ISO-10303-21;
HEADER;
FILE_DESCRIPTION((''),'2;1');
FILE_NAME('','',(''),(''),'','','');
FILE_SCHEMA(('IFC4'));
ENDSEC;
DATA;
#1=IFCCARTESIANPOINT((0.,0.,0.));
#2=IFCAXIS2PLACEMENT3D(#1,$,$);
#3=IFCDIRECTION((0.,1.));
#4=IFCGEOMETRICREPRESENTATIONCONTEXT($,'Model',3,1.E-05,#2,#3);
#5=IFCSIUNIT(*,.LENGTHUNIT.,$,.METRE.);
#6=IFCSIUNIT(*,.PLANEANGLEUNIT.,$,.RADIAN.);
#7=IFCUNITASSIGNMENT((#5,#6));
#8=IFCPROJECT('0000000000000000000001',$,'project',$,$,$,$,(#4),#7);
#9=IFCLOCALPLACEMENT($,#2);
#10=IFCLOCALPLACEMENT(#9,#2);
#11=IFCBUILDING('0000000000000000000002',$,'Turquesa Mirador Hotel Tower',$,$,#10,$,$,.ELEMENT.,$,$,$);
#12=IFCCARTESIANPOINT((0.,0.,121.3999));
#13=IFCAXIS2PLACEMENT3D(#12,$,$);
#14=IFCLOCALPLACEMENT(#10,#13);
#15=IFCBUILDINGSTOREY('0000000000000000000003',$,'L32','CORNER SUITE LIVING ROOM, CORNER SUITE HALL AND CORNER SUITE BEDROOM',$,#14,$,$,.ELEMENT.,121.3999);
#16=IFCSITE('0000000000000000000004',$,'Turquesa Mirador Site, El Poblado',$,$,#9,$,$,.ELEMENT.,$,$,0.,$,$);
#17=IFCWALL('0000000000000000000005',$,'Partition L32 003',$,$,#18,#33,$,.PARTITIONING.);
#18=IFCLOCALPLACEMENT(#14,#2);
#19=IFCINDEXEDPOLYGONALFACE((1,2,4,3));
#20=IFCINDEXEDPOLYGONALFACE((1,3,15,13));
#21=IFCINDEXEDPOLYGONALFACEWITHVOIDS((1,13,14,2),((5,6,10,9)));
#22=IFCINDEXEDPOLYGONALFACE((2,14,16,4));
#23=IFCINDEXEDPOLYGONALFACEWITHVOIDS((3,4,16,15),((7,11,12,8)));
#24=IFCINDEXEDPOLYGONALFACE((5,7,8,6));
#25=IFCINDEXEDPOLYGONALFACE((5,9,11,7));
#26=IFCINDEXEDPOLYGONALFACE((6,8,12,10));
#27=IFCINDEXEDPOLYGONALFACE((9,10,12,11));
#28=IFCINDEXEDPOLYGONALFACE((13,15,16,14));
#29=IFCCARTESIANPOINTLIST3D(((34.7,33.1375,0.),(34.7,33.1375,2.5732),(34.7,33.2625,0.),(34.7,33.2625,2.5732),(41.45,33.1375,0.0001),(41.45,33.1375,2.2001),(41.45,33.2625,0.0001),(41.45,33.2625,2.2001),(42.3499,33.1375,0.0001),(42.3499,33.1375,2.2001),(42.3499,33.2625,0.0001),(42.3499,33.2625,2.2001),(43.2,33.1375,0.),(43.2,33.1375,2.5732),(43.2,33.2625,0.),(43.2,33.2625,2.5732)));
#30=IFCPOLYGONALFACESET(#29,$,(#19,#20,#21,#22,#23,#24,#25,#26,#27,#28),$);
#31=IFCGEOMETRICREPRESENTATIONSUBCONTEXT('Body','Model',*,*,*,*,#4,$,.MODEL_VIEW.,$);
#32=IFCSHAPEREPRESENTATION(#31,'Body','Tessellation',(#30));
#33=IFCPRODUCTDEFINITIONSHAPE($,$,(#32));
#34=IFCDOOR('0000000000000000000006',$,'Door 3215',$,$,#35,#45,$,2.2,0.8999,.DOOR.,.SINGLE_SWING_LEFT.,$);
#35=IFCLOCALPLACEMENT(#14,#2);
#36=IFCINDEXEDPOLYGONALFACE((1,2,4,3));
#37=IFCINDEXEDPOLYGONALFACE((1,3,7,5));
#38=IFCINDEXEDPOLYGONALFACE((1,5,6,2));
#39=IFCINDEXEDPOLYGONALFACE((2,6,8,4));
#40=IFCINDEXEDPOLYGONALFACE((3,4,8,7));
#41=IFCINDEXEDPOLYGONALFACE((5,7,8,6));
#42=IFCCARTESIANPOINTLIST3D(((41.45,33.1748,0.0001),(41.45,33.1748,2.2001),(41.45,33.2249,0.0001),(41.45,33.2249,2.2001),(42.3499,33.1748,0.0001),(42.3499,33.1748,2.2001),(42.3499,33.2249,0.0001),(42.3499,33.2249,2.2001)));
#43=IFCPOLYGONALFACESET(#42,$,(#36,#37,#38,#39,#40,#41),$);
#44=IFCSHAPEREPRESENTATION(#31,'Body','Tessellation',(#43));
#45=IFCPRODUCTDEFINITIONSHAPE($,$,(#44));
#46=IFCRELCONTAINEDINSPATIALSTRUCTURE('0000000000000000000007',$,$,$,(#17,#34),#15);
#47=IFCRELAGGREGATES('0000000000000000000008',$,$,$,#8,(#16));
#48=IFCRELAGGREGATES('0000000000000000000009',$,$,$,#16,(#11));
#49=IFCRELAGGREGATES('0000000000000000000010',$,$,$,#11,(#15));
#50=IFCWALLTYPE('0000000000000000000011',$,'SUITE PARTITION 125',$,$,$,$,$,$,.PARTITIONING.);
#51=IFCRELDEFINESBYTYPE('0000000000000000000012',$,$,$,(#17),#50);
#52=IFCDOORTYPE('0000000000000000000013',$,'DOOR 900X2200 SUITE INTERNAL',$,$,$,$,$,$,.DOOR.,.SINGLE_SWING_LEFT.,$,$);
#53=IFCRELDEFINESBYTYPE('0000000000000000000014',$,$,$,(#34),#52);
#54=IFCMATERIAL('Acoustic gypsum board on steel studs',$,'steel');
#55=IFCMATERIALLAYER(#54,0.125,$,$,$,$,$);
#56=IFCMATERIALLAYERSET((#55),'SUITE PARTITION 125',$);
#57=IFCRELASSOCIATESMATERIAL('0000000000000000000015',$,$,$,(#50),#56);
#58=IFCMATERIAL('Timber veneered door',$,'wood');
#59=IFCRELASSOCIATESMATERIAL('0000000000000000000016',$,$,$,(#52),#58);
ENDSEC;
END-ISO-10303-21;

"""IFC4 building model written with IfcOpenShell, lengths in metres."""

from ifc_helpers import new_model, si_unit, direction, frame, frame_2d, origin, place, context, subcontext, project, spatial, rectangle, extrude, material, layer, layer_set, type_object, element, fill, save


model = new_model("IFC4")

# Units and contexts
model_context = context("Model", 3, precision=1e-05, world=origin(), true_north=direction((0.0, 1.0)))
body_context = subcontext(model_context, "Body", "Model", "MODEL_VIEW")
ifc_project = project(units=[si_unit("LENGTHUNIT", "METRE"), si_unit("PLANEANGLEUNIT", "RADIAN")], contexts=[model_context])

# Site, building, storey
site_placement = place(None, origin())
site = spatial("IfcSite", under=ifc_project, at=site_placement, Name="Turquesa Mirador Site, El Poblado", CompositionType="ELEMENT", RefElevation=0.0)
building_placement = place(site_placement, origin())
building = spatial("IfcBuilding", under=site, at=building_placement, Name="Turquesa Mirador Hotel Tower", CompositionType="ELEMENT")
storey_placement = place(building_placement, frame((0.0, 0.0, 121.3999)))
storey = spatial("IfcBuildingStorey", under=building, at=storey_placement, Name="L32", Description="CORNER SUITE LIVING ROOM, CORNER SUITE HALL AND CORNER SUITE BEDROOM", CompositionType="ELEMENT", Elevation=121.3999)

# Wall, opening, door
ifc_material_1 = material(Name="Acoustic gypsum board on steel studs", Category="steel")
ifc_layer_1 = layer(ifc_material_1, 0.125)
ifc_layer_set_1 = layer_set([ifc_layer_1], Name="SUITE PARTITION 125")
wall_type_1 = type_object("IfcWallType", Name="SUITE PARTITION 125", PredefinedType="PARTITIONING", material=ifc_layer_set_1)
wall_1_placement = place(storey_placement, frame((34.7, 33.2, 0.0), z_axis=(0.0, 0.0, 1.0), x_axis=(1.0, 0.0, 0.0)))
wall_1 = element("IfcWall", 1, at=wall_1_placement, inside=storey, type_object=wall_type_1, Name="Partition L32 003", PredefinedType="PARTITIONING", context=body_context, shape_type="SweptSolid", body=[
    extrude(rectangle(XDim=8.5, YDim=0.125, at=frame_2d((4.25, 0.0))), origin(), (0.0, 0.0, 1.0), 2.5732),
])
opening_1_placement = place(wall_1_placement, frame((6.75, 0.0, 0.0)))
opening_1 = element("IfcOpeningElement", 2, at=opening_1_placement, cuts=wall_1, PredefinedType="OPENING", context=body_context, shape_type="SweptSolid", body=[
    extrude(rectangle(XDim=0.8999, YDim=2.2, at=frame_2d((0.45, 1.1001))), frame((0.0, 0.0725, 0.0), z_axis=(0.0, -1.0, 0.0), x_axis=(1.0, 0.0, 0.0)), (0.0, 0.0, 1.0), 0.145),
])
ifc_material_2 = material(Name="Timber veneered door", Category="wood")
door_type = type_object("IfcDoorType", Name="DOOR 900X2200 SUITE INTERNAL", OperationType="SINGLE_SWING_LEFT", PredefinedType="DOOR", material=ifc_material_2)
door_placement = place(opening_1_placement, origin())
door = element("IfcDoor", 3, at=door_placement, inside=storey, type_object=door_type, Name="Door 3215", OperationType="SINGLE_SWING_LEFT", OverallHeight=2.2, OverallWidth=0.8999, PredefinedType="DOOR", context=body_context, shape_type="SweptSolid", body=[
    extrude(rectangle(XDim=0.8999, YDim=2.2, at=frame_2d((0.45, 1.1001))), frame((0.0, 0.0249, 0.0), z_axis=(0.0, -1.0, 0.0), x_axis=(1.0, 0.0, 0.0)), (0.0, 0.0, 1.0), 0.05),
])
fill(opening_1, door)

save(model, "model.ifc")
